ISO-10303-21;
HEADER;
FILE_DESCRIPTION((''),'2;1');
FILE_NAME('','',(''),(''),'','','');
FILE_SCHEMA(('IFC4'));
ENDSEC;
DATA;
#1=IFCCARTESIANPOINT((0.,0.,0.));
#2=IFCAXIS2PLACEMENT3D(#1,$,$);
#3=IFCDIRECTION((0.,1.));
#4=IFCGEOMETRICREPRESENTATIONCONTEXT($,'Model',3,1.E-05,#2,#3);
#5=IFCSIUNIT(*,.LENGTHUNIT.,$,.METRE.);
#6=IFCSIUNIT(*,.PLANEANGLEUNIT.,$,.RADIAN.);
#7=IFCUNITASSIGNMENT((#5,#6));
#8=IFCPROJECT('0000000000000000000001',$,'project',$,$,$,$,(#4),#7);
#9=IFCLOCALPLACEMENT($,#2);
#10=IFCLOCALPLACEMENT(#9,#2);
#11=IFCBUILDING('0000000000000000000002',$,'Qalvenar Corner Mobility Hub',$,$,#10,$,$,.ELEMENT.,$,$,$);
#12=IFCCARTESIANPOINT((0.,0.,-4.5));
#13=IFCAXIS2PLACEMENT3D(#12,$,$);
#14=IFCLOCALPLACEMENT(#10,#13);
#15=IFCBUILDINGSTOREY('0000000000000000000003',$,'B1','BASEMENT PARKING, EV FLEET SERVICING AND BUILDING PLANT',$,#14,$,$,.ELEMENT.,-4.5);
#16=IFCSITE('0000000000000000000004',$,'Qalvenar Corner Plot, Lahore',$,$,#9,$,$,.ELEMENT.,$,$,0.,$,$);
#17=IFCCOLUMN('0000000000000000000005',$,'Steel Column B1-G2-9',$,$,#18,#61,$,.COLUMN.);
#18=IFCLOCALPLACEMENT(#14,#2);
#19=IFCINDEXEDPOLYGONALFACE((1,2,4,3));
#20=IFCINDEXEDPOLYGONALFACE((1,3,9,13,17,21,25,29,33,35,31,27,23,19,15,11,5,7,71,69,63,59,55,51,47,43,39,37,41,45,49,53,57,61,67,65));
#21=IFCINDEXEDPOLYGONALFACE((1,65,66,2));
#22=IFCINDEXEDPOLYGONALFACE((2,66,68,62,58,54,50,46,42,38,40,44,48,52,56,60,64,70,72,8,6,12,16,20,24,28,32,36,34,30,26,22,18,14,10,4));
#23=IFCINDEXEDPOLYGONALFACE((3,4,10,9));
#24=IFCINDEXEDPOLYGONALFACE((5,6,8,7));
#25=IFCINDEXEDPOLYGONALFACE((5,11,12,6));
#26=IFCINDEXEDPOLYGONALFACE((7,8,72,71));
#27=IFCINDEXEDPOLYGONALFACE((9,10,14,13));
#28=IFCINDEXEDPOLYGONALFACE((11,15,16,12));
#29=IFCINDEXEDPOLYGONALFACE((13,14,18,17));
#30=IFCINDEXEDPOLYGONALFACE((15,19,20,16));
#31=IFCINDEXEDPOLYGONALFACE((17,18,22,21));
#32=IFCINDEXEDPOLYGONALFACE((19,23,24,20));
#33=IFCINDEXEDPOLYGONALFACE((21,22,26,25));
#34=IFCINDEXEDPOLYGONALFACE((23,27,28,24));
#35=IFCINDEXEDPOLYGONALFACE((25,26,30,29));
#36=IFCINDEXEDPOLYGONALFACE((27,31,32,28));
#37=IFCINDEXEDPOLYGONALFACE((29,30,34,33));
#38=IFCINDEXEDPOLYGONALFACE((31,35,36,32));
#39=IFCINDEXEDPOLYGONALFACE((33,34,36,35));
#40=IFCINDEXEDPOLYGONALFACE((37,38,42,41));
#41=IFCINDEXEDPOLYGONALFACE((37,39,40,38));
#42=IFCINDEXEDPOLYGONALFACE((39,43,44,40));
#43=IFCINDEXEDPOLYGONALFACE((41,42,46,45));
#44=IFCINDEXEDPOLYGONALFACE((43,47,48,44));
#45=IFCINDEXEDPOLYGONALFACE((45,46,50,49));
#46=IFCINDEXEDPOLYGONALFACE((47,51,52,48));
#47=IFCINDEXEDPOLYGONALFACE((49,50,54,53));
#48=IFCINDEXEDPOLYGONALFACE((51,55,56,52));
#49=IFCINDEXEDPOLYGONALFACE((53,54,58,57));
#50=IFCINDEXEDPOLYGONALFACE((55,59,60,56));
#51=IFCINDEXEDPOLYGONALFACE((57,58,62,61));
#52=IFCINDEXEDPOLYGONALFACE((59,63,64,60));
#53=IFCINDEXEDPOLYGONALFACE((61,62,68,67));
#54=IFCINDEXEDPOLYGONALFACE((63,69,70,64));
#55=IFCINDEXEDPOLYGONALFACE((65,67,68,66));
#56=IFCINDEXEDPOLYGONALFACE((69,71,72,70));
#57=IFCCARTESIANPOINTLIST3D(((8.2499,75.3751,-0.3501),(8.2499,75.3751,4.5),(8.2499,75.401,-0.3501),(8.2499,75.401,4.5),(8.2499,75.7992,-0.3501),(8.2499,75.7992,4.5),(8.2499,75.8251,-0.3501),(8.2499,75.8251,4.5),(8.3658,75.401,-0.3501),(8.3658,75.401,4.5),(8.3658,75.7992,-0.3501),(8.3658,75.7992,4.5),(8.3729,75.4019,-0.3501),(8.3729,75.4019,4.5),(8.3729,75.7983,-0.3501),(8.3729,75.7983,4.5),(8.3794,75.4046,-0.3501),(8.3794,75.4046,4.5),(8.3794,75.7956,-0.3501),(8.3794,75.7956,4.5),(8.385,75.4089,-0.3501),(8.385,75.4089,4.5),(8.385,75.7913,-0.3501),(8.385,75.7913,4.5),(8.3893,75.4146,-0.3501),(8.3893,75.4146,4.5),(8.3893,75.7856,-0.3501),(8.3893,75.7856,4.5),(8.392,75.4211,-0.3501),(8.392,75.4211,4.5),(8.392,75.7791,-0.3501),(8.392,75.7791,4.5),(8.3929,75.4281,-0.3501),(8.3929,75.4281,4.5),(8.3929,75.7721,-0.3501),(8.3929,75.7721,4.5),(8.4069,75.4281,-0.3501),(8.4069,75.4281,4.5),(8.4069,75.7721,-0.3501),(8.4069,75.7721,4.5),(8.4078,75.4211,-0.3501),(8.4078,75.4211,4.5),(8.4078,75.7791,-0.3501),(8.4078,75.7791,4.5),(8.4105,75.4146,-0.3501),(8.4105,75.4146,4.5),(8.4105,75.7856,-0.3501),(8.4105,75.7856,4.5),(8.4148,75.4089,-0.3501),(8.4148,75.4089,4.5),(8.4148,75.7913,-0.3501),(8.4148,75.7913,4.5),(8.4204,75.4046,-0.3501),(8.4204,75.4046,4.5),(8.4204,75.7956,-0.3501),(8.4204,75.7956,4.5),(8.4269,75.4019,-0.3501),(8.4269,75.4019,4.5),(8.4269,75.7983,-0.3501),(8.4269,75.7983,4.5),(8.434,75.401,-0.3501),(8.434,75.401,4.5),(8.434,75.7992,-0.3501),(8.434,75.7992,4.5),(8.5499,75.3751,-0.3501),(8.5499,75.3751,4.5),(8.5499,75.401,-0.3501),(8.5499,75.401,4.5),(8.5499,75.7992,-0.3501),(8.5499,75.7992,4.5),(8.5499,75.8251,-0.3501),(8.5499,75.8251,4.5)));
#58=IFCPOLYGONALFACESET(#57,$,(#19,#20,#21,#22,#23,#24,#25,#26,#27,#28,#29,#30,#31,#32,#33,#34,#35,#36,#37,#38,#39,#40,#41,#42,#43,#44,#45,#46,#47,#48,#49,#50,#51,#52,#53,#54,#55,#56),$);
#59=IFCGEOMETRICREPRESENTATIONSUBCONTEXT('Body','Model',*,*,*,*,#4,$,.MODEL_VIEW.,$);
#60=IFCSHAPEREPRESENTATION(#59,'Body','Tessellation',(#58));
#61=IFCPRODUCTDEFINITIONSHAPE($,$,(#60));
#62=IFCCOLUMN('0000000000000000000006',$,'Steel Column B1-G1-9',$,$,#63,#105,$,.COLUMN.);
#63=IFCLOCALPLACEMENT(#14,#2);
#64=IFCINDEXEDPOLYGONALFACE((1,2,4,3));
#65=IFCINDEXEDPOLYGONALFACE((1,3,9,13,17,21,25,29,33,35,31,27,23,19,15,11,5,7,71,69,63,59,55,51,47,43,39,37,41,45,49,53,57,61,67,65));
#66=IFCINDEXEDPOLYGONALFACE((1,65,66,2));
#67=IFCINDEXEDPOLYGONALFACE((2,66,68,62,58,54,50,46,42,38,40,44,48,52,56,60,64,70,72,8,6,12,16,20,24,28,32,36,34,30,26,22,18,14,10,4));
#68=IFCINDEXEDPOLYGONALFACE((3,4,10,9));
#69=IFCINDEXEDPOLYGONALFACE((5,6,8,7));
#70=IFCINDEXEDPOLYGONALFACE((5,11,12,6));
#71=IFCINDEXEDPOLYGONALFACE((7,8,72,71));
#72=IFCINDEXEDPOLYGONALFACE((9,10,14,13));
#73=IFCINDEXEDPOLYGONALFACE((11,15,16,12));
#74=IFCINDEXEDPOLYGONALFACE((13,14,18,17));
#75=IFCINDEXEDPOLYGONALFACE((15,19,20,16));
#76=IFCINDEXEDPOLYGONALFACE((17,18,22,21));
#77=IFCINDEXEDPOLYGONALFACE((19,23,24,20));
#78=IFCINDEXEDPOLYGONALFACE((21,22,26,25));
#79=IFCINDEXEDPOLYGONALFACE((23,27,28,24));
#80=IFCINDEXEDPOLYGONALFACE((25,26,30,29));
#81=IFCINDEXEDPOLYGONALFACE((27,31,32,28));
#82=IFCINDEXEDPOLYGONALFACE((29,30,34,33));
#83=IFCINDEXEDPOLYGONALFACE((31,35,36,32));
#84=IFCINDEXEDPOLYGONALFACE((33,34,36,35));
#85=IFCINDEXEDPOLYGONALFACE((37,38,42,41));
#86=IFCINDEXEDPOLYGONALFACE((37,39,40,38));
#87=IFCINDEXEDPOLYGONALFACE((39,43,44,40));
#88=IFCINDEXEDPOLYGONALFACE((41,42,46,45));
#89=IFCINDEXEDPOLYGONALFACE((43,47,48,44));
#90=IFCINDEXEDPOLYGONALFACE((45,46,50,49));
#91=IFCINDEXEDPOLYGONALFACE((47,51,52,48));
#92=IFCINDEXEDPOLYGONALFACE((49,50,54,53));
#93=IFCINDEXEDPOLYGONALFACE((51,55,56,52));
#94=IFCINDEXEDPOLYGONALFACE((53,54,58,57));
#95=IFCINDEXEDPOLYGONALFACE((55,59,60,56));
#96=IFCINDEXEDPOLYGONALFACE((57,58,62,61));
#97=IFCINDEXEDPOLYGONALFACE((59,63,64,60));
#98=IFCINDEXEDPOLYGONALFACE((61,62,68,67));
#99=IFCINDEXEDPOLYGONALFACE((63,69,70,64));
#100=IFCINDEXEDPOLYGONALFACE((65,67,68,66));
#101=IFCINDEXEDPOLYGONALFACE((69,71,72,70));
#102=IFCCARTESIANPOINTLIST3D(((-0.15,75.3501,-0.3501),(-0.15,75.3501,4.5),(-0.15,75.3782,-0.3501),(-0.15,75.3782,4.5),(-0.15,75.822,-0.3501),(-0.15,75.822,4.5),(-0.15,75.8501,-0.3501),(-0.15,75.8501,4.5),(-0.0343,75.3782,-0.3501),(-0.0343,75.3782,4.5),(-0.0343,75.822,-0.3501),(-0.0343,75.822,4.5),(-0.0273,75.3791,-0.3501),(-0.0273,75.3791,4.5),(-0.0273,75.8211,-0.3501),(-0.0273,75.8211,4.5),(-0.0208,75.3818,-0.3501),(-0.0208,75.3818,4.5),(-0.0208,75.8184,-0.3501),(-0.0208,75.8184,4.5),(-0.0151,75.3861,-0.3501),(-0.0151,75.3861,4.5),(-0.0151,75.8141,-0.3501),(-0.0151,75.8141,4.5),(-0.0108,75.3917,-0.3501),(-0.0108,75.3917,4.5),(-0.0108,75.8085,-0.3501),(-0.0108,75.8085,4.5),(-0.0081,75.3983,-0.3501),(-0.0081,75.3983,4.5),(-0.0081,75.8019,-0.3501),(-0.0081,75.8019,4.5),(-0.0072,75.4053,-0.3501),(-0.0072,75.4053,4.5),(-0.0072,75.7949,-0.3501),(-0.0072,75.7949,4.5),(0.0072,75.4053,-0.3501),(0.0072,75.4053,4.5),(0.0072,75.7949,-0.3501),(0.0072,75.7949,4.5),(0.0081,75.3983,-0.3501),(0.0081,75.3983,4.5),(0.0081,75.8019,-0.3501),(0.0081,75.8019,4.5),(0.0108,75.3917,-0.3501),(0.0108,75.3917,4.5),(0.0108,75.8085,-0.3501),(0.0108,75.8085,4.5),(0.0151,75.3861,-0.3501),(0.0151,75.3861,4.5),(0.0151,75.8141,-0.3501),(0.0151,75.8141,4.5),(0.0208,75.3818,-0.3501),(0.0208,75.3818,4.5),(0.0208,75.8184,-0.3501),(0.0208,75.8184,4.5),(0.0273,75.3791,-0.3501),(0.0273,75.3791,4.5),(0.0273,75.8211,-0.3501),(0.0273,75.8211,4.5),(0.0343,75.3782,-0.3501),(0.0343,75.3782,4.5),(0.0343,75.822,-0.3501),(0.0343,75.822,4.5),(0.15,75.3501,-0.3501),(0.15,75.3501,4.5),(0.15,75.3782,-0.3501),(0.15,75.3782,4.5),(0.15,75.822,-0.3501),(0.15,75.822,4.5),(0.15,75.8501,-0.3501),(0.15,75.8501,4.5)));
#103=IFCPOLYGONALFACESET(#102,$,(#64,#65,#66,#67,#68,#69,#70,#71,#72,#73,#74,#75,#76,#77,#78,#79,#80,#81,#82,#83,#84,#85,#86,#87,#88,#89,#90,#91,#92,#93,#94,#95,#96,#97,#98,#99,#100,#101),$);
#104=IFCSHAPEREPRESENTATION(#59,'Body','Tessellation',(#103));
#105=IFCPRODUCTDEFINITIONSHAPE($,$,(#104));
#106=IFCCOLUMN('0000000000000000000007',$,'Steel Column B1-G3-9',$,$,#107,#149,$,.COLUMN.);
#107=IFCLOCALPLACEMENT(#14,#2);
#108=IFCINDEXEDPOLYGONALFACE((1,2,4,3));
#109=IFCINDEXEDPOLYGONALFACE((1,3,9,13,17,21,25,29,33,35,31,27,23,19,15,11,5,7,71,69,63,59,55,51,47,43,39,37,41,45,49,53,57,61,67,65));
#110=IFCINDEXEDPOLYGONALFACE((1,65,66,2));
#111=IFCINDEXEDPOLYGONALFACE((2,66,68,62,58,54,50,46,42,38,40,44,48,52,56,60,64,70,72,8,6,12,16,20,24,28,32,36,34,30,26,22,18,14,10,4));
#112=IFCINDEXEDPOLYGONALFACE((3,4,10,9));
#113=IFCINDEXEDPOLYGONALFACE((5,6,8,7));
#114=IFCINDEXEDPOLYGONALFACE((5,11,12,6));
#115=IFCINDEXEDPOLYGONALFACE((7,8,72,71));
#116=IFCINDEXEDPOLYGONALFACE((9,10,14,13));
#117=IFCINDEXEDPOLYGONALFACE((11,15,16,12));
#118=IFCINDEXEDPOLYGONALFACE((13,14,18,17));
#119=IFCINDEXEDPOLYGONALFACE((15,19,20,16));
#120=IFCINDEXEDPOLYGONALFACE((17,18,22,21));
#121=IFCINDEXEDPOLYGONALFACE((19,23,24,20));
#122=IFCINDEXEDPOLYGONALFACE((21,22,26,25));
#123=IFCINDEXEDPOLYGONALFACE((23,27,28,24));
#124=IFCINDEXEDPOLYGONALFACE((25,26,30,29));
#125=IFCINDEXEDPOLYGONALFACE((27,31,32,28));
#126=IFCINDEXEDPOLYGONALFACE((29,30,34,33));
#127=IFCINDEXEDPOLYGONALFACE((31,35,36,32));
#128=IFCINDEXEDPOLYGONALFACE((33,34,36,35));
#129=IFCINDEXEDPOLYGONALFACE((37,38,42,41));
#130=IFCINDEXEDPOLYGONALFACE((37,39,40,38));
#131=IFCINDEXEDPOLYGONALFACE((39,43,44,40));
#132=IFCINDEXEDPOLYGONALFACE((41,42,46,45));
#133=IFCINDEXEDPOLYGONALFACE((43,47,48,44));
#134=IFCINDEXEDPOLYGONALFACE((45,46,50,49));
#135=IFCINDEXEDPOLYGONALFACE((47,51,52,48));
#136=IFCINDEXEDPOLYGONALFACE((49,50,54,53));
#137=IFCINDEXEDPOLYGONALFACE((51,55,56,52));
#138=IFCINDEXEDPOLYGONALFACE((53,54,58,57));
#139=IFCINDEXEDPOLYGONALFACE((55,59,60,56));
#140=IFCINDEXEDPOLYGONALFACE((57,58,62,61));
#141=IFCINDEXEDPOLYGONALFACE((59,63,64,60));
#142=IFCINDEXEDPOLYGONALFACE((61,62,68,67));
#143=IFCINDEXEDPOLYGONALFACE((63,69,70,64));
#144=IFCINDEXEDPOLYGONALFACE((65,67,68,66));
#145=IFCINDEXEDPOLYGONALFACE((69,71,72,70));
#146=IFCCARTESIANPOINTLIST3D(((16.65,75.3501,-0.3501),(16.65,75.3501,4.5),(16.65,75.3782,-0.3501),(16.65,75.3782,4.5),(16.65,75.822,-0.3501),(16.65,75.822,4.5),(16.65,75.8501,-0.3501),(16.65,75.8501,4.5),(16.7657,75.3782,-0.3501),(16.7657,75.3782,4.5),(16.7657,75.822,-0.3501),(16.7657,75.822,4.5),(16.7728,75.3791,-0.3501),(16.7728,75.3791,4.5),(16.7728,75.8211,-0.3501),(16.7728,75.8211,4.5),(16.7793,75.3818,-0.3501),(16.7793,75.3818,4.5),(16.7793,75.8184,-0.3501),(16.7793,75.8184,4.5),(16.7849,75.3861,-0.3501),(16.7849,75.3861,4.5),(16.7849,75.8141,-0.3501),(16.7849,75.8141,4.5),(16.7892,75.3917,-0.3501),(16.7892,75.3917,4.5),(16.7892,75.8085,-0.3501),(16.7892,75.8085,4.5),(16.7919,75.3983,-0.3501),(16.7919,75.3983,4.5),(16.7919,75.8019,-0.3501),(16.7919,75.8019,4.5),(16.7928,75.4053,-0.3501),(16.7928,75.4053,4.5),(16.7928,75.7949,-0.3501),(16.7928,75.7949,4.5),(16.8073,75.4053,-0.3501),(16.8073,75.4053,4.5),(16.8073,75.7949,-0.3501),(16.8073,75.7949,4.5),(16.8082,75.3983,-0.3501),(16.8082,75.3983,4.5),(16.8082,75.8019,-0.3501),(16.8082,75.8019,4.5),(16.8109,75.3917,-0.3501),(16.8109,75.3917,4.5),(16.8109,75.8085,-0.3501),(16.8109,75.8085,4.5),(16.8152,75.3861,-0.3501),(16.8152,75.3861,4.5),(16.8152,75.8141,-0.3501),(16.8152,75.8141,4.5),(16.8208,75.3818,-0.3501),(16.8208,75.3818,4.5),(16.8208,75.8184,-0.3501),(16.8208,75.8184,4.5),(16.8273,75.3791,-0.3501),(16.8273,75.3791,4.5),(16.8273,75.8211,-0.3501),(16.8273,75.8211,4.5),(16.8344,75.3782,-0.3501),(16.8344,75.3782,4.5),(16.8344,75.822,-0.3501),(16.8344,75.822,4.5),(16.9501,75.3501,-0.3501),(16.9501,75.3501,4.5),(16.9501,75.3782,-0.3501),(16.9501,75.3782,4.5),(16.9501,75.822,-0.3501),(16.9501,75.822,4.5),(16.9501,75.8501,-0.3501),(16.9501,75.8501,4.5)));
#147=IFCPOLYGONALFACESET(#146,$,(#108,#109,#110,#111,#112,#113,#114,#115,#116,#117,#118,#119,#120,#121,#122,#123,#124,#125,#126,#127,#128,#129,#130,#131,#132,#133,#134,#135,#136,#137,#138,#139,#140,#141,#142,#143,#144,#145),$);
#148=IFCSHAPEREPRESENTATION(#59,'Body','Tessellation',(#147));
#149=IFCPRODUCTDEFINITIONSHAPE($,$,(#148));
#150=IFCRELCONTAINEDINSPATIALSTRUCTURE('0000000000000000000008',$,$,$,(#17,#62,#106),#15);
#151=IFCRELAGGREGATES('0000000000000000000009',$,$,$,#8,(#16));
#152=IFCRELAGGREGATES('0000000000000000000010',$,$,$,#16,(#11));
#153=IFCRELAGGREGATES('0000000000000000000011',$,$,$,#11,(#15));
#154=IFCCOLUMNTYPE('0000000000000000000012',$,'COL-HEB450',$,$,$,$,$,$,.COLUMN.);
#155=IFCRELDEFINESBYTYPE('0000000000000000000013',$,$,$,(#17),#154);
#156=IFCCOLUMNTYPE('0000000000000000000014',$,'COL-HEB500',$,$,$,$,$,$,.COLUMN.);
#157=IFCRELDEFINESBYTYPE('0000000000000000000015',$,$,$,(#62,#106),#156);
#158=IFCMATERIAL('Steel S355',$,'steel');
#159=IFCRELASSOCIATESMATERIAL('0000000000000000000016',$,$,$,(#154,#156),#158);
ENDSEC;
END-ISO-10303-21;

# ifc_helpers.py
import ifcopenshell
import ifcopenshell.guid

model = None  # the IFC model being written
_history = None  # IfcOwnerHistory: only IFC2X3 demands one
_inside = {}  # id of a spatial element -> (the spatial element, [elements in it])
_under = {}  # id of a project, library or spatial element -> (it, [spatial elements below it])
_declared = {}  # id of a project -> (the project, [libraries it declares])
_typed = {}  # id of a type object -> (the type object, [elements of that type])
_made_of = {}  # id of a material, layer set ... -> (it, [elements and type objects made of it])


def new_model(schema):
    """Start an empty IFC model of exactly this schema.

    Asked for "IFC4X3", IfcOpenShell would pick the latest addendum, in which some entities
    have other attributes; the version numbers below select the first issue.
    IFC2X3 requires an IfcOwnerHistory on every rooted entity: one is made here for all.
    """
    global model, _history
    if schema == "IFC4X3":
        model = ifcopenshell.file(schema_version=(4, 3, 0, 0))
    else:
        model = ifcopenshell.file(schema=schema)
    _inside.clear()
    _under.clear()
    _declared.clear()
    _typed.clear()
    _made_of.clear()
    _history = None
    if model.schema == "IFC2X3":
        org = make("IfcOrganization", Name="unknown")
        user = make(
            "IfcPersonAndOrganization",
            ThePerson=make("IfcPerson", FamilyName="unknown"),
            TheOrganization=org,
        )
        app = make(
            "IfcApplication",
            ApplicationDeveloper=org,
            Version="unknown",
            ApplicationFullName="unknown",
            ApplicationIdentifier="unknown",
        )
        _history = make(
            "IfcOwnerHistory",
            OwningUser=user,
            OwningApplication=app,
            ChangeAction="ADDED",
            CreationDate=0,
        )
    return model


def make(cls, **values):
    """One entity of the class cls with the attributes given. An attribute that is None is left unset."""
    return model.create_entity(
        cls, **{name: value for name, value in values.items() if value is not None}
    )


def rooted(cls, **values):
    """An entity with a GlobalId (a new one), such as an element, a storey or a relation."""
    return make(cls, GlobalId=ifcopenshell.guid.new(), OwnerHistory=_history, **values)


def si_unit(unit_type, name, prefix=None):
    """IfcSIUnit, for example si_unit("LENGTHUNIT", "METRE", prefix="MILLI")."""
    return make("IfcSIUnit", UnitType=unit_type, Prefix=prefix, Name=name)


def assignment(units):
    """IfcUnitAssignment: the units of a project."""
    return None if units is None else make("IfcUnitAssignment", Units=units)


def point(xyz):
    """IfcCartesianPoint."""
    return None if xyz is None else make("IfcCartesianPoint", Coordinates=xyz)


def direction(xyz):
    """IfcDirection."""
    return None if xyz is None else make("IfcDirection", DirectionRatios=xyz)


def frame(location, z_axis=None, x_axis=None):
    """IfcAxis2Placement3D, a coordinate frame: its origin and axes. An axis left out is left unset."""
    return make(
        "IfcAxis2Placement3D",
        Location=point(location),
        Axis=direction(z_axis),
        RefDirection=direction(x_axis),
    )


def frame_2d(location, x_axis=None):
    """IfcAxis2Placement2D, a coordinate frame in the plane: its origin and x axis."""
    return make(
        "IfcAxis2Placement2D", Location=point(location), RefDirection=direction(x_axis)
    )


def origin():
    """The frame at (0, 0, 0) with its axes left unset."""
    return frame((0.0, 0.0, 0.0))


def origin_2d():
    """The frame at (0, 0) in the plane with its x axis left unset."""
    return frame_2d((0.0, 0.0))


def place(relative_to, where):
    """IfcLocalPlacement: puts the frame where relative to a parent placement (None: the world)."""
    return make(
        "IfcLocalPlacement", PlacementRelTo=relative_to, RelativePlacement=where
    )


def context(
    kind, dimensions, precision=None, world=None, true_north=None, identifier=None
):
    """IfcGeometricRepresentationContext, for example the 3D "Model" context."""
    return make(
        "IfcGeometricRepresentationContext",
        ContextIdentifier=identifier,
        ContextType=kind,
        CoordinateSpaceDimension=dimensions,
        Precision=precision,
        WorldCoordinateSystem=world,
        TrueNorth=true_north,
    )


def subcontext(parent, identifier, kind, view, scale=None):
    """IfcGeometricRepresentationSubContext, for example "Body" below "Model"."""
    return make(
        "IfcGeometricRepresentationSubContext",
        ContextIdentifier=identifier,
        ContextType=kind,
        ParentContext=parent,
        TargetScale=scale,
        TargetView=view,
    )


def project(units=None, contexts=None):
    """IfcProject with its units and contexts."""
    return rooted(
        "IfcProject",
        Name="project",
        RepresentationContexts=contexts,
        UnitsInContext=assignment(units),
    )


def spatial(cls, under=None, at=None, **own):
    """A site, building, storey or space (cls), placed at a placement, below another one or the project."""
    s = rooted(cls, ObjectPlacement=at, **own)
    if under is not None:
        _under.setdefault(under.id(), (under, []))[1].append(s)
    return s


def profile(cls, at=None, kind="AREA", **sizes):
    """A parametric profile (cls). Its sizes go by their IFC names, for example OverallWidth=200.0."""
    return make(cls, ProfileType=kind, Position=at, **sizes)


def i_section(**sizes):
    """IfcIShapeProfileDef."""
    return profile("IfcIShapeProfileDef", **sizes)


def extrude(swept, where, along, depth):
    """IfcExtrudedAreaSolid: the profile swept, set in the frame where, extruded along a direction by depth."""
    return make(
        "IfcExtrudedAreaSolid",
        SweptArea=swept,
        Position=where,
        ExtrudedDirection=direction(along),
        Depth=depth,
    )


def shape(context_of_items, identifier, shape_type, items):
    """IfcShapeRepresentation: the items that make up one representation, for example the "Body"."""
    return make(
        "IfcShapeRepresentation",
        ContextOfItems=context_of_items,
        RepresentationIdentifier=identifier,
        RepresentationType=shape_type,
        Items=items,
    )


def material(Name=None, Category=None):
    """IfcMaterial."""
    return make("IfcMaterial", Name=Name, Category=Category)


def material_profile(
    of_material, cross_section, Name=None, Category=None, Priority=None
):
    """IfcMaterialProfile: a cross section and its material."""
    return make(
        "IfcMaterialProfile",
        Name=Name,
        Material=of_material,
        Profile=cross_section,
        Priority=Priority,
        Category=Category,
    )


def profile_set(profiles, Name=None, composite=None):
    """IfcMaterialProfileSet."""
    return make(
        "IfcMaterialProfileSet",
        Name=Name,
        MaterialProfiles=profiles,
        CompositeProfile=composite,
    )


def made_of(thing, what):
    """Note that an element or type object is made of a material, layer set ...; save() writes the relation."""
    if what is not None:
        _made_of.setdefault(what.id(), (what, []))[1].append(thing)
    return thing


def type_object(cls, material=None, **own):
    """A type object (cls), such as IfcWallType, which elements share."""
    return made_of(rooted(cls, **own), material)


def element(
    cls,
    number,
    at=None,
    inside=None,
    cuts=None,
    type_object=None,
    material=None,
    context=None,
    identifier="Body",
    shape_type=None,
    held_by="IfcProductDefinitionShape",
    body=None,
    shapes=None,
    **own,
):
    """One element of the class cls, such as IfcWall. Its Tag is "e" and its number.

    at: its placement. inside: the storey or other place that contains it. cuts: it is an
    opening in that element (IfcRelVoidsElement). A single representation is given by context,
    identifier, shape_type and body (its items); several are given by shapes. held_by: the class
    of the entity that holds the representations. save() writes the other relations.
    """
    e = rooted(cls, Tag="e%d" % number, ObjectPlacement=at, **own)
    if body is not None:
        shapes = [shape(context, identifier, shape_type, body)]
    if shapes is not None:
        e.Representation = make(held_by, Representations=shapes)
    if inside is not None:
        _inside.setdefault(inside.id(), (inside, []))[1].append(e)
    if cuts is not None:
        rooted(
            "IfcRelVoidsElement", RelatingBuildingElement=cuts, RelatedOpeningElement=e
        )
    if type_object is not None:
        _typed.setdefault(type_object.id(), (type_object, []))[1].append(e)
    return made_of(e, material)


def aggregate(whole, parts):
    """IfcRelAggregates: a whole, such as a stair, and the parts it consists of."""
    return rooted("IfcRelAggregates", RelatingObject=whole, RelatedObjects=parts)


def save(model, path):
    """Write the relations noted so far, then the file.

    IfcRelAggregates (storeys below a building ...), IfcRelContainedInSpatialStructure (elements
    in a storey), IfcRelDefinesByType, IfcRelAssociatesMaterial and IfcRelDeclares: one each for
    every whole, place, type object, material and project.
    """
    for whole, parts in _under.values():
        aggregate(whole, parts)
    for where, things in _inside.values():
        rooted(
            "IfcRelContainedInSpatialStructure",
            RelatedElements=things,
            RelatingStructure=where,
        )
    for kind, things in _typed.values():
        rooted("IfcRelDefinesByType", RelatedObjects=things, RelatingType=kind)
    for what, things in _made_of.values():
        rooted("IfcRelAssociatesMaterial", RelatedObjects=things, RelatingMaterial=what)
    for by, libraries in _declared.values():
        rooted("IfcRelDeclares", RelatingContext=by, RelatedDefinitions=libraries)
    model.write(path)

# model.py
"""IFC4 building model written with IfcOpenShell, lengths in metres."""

from ifc_helpers import new_model, si_unit, direction, frame, origin, origin_2d, place, context, subcontext, project, spatial, i_section, extrude, material, material_profile, profile_set, type_object, element, save


model = new_model("IFC4")

# Units and contexts
model_context = context("Model", 3, precision=1e-05, world=origin(), true_north=direction((0.0, 1.0)))
body_context = subcontext(model_context, "Body", "Model", "MODEL_VIEW")
ifc_project = project(units=[si_unit("LENGTHUNIT", "METRE"), si_unit("PLANEANGLEUNIT", "RADIAN")], contexts=[model_context])

# Site, building, storey
site_placement = place(None, origin())
site = spatial("IfcSite", under=ifc_project, at=site_placement, Name="Qalvenar Corner Plot, Lahore", CompositionType="ELEMENT", RefElevation=0.0)
building_placement = place(site_placement, origin())
building = spatial("IfcBuilding", under=site, at=building_placement, Name="Qalvenar Corner Mobility Hub", CompositionType="ELEMENT")
storey_placement = place(building_placement, frame((0.0, 0.0, -4.5)))
storey = spatial("IfcBuildingStorey", under=building, at=storey_placement, Name="B1", Description="BASEMENT PARKING, EV FLEET SERVICING AND BUILDING PLANT", CompositionType="ELEMENT", Elevation=-4.5)

# Columns
ifc_material_1 = material(Name="Steel S355", Category="steel")
ifc_material_profile_1 = material_profile(ifc_material_1, i_section(OverallWidth=0.3, OverallDepth=0.45, WebThickness=0.0139, FlangeThickness=0.0259, FilletRadius=0.0271, at=origin_2d()), Name="HEB450")
ifc_profile_set_1 = profile_set([ifc_material_profile_1], Name="Steel S355")
column_type_1 = type_object("IfcColumnType", Name="COL-HEB450", PredefinedType="COLUMN", material=ifc_profile_set_1)
column_placement = place(storey_placement, frame((8.3999, 75.6001, -0.3501), z_axis=(0.0, 0.0, 1.0), x_axis=(1.0, 0.0, 0.0)))
element("IfcColumn", 1, at=column_placement, inside=storey, type_object=column_type_1, Name="Steel Column B1-G2-9", PredefinedType="COLUMN", context=body_context, shape_type="SweptSolid", body=[
    extrude(i_section(OverallWidth=0.3, OverallDepth=0.45, WebThickness=0.0139, FlangeThickness=0.0259, FilletRadius=0.0271, at=origin_2d()), origin(), (0.0, 0.0, 1.0), 4.8501),
])
ifc_material_profile_2 = material_profile(ifc_material_1, i_section(OverallWidth=0.3, OverallDepth=0.5, WebThickness=0.0144, FlangeThickness=0.0281, FilletRadius=0.0271, at=origin_2d()), Name="HEB500")
ifc_profile_set_2 = profile_set([ifc_material_profile_2], Name="Steel S355")
column_type_2 = type_object("IfcColumnType", Name="COL-HEB500", PredefinedType="COLUMN", material=ifc_profile_set_2)
for number, where, z_axis, x_axis, name in (
    (2, (0.0, 75.6001, -0.3501), (0.0, 0.0, 1.0), (1.0, 0.0, 0.0), "Steel Column B1-G1-9"),
    (3, (16.8, 75.6001, -0.3501), (0.0, 0.0, 1.0), (1.0, 0.0, 0.0), "Steel Column B1-G3-9"),
):
    element("IfcColumn", number, at=place(storey_placement, frame(where, z_axis=z_axis, x_axis=x_axis)), inside=storey, type_object=column_type_2, Name=name, PredefinedType="COLUMN", context=body_context, shape_type="SweptSolid", body=[
        extrude(i_section(OverallWidth=0.3, OverallDepth=0.5, WebThickness=0.0144, FlangeThickness=0.0281, FilletRadius=0.0271, at=origin_2d()), origin(), (0.0, 0.0, 1.0), 4.8501),
    ])

save(model, "model.ifc")
